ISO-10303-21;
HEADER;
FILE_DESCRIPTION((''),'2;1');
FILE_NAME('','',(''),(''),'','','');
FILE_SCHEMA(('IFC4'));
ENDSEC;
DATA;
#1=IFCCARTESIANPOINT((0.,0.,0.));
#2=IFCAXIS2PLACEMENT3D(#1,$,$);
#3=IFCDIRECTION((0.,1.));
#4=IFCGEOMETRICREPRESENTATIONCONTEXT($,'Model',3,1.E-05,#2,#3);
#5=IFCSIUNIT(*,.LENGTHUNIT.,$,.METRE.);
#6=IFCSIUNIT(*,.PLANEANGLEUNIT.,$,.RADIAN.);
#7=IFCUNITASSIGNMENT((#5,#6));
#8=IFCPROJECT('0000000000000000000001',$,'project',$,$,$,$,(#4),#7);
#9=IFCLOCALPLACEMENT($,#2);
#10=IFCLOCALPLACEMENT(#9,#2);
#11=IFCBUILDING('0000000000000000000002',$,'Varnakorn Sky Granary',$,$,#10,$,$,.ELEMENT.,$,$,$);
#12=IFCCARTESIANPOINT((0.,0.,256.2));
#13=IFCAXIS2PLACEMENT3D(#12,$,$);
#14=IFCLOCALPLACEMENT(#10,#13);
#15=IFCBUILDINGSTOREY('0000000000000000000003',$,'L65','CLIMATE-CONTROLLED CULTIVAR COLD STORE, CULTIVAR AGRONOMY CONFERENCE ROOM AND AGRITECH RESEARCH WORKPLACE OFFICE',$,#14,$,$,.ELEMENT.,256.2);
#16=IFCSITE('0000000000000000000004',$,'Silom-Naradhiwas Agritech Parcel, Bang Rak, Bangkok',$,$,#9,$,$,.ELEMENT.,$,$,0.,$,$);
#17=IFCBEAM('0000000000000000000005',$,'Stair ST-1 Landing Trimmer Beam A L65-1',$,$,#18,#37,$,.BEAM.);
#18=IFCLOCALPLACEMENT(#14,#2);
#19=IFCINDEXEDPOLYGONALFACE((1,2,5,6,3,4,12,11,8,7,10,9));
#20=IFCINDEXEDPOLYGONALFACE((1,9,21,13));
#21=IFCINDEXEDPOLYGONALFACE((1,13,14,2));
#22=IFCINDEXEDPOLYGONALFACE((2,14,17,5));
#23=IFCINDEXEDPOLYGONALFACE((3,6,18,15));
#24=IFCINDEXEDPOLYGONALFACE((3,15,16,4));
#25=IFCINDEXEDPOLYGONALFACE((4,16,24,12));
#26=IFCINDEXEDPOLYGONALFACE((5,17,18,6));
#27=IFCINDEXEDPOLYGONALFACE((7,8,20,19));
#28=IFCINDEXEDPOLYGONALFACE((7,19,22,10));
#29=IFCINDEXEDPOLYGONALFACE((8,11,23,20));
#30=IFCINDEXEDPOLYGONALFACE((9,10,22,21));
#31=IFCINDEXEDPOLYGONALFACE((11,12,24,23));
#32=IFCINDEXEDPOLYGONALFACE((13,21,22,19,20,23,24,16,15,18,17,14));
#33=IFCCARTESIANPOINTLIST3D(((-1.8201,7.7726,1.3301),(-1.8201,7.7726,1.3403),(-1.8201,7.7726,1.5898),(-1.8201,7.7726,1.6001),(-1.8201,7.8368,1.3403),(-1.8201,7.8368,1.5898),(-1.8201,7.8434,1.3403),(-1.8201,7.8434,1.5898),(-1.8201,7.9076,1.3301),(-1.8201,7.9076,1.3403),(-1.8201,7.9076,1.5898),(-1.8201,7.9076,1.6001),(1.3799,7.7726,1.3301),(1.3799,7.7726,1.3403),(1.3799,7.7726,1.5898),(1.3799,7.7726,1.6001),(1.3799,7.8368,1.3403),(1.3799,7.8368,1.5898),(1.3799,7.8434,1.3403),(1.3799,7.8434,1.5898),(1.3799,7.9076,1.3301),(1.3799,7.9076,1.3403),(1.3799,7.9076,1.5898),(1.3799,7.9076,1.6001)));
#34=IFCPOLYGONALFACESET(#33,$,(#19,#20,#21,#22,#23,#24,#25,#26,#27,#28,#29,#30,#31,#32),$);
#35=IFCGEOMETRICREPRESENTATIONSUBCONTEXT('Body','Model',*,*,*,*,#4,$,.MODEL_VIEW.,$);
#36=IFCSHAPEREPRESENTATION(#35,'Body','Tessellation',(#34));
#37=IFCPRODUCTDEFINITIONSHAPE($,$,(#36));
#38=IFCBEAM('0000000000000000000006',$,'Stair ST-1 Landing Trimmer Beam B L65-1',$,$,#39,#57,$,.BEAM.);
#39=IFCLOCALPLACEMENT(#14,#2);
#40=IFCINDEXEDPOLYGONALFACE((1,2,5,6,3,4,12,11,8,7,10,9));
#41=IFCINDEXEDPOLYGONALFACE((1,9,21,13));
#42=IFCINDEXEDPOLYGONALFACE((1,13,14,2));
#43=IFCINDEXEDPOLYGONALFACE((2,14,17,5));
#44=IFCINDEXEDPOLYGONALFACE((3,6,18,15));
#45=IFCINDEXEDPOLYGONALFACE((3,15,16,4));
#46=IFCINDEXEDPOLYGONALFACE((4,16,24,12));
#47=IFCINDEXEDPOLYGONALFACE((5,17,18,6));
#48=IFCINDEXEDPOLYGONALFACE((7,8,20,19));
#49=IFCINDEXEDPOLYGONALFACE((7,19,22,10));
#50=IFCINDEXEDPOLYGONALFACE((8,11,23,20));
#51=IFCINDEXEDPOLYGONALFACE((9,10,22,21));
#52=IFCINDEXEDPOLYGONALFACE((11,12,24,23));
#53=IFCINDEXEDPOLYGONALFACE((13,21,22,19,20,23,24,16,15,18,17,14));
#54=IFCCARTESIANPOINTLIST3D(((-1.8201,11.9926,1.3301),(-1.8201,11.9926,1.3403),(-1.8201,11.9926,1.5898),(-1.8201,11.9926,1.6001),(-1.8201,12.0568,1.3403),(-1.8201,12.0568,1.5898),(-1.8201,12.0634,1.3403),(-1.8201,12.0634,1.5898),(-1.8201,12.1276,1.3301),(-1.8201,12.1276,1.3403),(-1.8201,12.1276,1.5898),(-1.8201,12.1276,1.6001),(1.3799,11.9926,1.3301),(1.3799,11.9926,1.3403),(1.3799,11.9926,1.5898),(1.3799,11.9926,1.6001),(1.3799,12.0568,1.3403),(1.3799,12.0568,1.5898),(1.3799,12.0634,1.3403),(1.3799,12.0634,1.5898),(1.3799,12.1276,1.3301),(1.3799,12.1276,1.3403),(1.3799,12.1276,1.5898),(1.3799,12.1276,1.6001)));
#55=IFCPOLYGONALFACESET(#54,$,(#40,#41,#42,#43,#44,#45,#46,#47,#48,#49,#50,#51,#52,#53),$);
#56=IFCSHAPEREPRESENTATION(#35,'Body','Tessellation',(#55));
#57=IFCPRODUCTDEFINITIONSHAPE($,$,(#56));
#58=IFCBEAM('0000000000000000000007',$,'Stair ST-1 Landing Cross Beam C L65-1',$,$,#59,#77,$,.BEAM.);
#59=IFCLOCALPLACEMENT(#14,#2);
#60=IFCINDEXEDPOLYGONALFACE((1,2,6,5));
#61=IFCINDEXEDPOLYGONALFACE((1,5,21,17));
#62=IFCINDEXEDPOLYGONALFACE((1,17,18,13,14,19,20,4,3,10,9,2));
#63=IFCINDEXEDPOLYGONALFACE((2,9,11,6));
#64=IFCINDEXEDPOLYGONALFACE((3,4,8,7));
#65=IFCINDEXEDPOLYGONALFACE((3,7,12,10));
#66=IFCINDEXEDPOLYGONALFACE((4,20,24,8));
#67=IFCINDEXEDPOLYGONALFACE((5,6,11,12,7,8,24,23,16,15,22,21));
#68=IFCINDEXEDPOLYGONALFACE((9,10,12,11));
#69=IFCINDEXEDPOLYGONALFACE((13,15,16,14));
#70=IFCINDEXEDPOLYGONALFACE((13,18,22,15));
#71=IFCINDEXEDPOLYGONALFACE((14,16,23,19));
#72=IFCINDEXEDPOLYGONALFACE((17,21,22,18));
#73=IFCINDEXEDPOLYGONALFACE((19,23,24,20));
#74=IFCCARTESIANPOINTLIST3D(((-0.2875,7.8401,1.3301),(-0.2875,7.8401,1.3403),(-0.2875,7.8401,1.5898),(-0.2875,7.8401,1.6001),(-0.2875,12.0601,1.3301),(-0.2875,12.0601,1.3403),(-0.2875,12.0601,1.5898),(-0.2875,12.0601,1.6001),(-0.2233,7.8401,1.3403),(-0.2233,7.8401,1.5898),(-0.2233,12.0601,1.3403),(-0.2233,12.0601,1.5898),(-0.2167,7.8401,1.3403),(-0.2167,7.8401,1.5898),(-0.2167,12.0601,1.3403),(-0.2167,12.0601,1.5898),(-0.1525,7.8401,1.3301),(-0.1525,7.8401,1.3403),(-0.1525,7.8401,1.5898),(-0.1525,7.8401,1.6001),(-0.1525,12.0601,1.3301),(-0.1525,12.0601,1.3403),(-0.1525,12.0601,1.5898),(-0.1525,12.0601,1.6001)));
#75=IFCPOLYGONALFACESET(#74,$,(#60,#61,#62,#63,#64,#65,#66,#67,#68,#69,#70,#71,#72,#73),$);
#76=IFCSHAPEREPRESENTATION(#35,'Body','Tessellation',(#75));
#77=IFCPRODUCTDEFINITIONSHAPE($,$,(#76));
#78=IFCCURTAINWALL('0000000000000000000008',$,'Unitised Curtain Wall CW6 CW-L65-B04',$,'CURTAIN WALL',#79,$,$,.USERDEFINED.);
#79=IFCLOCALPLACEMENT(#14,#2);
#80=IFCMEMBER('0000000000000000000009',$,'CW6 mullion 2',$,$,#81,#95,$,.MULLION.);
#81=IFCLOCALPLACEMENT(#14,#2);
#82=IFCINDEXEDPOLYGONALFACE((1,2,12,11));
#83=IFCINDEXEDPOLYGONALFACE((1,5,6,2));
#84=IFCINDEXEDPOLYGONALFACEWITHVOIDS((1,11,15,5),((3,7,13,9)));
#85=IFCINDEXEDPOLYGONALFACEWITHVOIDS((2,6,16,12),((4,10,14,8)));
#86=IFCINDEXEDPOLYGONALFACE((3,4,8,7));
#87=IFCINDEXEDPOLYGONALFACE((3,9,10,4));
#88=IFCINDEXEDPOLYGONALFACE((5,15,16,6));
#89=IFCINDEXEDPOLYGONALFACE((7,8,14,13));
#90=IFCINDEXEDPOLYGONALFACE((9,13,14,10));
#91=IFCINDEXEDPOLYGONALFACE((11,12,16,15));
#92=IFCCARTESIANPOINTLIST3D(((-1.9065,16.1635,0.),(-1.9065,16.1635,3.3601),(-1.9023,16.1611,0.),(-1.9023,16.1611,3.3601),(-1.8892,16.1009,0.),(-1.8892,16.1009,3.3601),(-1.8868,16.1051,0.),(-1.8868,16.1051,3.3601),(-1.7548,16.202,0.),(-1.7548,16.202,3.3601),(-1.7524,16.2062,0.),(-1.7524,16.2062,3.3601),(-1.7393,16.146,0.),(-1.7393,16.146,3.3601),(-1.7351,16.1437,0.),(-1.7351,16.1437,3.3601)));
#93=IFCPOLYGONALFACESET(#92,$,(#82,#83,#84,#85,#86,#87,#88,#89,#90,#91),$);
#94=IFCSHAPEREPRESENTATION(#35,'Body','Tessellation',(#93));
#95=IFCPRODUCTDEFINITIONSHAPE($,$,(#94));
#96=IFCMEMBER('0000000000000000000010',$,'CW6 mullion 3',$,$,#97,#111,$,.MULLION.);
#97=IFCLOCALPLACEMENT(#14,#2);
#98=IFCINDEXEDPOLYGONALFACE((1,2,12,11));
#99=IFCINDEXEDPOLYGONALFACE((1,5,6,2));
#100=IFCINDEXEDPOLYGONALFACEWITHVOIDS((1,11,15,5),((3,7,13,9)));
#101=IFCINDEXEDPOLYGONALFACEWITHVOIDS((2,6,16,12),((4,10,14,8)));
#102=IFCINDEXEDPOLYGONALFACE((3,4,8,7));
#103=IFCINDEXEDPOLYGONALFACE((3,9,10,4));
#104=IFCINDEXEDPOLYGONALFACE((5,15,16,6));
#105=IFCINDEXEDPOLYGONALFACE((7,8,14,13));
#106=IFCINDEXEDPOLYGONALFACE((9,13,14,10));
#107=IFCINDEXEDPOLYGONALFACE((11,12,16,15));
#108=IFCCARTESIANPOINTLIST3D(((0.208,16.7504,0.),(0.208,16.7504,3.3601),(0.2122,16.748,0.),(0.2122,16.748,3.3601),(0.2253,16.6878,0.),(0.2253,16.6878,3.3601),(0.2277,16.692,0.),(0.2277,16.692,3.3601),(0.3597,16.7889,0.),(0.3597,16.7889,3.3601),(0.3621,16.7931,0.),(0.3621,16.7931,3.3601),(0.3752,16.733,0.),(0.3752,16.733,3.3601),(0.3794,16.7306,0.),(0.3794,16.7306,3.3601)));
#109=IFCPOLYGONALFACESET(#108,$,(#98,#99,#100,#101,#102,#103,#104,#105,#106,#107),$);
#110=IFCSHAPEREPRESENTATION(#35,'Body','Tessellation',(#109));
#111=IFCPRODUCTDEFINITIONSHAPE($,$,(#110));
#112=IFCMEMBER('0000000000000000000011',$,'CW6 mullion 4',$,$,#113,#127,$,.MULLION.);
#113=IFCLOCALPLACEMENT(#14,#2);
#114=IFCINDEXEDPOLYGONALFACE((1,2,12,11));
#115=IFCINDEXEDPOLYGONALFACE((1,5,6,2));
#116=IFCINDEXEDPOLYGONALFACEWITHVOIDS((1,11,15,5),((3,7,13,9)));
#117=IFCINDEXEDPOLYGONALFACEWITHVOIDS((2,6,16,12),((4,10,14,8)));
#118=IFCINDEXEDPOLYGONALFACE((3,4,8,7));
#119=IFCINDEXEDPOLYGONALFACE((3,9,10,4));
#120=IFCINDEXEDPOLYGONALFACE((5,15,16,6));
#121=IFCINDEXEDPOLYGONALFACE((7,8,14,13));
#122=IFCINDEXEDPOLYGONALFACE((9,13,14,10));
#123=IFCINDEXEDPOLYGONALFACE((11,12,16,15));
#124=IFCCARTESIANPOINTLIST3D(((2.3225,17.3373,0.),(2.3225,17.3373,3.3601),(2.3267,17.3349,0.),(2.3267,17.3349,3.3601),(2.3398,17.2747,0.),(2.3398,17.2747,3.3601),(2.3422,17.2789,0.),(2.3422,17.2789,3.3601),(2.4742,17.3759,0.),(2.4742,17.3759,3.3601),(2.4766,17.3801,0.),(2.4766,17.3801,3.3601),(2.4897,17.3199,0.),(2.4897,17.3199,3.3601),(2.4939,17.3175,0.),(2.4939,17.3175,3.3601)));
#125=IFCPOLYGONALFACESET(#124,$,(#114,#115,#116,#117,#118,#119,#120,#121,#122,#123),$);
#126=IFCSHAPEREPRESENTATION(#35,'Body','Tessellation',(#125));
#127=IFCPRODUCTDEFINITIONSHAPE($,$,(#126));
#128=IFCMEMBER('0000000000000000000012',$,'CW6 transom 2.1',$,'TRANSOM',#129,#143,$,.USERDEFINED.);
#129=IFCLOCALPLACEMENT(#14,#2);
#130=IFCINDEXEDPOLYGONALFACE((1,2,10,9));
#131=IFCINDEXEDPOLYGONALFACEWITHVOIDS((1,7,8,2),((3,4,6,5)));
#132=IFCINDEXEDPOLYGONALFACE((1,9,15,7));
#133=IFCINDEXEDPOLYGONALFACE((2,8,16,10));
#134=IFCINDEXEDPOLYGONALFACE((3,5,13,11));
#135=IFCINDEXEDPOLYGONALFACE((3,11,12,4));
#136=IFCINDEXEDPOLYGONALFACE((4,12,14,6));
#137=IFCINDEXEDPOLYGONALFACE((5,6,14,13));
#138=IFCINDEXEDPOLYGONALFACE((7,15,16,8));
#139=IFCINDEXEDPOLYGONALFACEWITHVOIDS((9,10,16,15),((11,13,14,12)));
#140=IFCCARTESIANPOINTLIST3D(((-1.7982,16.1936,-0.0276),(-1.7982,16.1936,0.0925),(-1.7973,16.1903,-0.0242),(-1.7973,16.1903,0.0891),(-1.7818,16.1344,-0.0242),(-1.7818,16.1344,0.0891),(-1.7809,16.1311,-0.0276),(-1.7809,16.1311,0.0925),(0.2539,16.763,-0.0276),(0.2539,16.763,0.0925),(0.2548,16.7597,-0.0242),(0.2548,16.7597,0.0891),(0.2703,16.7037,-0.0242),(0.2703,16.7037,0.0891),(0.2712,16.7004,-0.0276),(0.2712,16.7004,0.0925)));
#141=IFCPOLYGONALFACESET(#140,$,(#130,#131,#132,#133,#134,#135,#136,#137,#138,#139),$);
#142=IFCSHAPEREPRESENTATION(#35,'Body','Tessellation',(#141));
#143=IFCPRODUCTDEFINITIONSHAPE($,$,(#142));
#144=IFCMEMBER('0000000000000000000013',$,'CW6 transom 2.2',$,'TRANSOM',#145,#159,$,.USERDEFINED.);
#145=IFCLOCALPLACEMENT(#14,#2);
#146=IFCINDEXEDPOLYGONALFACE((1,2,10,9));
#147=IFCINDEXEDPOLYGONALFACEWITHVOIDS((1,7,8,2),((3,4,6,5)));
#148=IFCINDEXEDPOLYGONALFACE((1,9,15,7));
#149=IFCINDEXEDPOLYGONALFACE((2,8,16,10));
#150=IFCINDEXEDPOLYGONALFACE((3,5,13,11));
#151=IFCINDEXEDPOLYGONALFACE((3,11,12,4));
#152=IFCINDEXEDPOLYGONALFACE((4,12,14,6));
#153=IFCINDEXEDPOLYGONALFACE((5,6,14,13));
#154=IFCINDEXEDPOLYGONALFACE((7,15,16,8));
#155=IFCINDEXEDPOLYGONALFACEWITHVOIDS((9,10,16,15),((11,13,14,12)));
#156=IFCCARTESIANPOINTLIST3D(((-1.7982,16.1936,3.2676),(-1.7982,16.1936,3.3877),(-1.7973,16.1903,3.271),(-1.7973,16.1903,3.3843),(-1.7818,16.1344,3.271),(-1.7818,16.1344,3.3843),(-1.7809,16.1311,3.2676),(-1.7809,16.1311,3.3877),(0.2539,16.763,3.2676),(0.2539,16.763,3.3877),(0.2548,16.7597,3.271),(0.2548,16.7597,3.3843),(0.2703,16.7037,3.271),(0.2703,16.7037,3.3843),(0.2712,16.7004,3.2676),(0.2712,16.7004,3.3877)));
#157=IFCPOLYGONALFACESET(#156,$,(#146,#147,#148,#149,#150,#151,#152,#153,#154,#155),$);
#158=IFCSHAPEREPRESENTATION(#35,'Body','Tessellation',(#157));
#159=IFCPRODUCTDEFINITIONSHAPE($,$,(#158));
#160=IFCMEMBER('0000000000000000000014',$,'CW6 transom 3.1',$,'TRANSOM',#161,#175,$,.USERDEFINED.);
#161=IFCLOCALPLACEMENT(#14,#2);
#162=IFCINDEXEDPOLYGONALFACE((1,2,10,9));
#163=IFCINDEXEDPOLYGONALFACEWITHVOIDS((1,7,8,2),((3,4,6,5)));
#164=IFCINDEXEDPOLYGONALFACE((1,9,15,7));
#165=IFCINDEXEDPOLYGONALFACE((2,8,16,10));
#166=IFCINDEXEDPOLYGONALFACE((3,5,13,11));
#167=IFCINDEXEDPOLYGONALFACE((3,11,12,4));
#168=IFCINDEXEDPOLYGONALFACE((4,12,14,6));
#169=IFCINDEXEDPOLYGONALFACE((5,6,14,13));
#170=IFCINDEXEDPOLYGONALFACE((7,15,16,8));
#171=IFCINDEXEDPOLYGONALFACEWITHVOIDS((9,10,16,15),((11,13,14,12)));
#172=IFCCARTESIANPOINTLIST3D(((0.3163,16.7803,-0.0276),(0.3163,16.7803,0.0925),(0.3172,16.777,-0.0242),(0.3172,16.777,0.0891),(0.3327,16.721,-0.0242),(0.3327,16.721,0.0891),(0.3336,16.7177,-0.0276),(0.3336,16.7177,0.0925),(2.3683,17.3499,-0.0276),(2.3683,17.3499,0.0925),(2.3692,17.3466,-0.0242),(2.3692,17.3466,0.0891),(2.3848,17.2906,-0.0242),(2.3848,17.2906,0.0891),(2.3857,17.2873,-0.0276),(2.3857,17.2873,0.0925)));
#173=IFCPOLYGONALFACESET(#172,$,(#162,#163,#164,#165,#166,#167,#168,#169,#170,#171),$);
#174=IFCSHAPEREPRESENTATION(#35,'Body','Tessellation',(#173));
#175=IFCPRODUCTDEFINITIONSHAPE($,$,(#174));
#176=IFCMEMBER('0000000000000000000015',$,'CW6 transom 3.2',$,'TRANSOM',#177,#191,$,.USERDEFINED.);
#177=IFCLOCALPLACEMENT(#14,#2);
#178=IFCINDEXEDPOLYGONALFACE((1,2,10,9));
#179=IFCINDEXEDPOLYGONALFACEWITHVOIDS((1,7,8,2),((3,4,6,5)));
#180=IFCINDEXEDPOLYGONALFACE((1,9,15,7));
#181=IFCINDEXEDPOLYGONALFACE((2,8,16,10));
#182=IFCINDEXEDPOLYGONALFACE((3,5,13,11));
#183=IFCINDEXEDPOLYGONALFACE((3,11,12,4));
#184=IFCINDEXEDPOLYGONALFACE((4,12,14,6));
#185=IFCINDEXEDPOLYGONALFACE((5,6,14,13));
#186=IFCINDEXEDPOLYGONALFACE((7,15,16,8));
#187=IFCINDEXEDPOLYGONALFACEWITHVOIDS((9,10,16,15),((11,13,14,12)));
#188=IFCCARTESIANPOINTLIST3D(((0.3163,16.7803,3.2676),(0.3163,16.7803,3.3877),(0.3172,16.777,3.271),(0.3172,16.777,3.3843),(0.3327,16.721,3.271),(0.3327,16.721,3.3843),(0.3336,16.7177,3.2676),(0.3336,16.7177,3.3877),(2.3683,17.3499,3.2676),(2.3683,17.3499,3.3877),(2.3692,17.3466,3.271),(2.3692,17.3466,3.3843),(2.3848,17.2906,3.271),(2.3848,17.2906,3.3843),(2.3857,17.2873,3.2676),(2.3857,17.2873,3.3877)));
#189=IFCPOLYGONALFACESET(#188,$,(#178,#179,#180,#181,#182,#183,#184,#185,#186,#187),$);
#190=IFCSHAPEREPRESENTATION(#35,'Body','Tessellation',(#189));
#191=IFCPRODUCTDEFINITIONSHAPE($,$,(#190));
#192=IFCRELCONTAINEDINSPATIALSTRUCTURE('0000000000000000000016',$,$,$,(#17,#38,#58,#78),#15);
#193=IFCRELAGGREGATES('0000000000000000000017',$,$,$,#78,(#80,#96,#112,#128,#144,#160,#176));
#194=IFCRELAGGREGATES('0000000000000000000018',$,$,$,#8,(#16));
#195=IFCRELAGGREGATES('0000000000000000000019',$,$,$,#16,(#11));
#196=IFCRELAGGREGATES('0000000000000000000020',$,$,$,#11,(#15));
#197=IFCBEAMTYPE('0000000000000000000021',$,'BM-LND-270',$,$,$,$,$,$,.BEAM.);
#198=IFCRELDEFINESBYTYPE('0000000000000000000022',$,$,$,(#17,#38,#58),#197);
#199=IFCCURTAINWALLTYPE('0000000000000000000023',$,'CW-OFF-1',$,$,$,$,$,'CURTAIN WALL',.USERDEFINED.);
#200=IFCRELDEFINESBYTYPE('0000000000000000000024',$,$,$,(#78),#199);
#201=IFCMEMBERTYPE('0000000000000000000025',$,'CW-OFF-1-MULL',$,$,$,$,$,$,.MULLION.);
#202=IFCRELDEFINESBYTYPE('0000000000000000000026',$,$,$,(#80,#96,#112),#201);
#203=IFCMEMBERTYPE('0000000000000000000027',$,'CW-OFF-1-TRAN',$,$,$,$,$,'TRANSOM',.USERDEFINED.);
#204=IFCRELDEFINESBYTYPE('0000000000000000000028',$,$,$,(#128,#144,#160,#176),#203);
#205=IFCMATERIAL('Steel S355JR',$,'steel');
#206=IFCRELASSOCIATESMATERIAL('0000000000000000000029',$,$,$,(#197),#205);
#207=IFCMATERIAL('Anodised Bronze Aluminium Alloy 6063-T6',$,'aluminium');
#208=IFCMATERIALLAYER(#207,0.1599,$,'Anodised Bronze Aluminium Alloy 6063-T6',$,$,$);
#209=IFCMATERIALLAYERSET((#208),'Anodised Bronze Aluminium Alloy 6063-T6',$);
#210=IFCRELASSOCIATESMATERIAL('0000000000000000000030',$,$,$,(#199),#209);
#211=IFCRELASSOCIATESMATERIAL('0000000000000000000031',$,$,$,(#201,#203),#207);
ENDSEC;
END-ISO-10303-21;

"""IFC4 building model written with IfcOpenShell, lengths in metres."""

from ifc_helpers import new_model, si_unit, direction, frame, origin, origin_2d, place, context, subcontext, project, spatial, hollow_rectangle, i_section, extrude, material, layer, layer_set, material_profile, profile_set, type_object, element, aggregate, save


model = new_model("IFC4")

# Units and contexts
model_context = context("Model", 3, precision=1e-05, world=origin(), true_north=direction((0.0, 1.0)))
body_context = subcontext(model_context, "Body", "Model", "MODEL_VIEW")
ifc_project = project(units=[si_unit("LENGTHUNIT", "METRE"), si_unit("PLANEANGLEUNIT", "RADIAN")], contexts=[model_context])

# Site, building, storey
site_placement = place(None, origin())
site = spatial("IfcSite", under=ifc_project, at=site_placement, Name="Silom-Naradhiwas Agritech Parcel, Bang Rak, Bangkok", CompositionType="ELEMENT", RefElevation=0.0)
building_placement = place(site_placement, origin())
building = spatial("IfcBuilding", under=site, at=building_placement, Name="Varnakorn Sky Granary", CompositionType="ELEMENT")
storey_placement = place(building_placement, frame((0.0, 0.0, 256.2)))
storey = spatial("IfcBuildingStorey", under=building, at=storey_placement, Name="L65", Description="CLIMATE-CONTROLLED CULTIVAR COLD STORE, CULTIVAR AGRONOMY CONFERENCE ROOM AND AGRITECH RESEARCH WORKPLACE OFFICE", CompositionType="ELEMENT", Elevation=256.2)

# Beams
ifc_material_1 = material(Name="Steel S355JR", Category="steel")
ifc_material_profile_1 = material_profile(ifc_material_1, i_section(OverallWidth=0.135, OverallDepth=0.27, WebThickness=0.0066, FlangeThickness=0.0103, at=origin_2d()), Name="IPE 270")
ifc_profile_set_1 = profile_set([ifc_material_profile_1], Name="Steel S355JR")
beam_type = type_object("IfcBeamType", Name="BM-LND-270", PredefinedType="BEAM", material=ifc_profile_set_1)
for number, where, z_axis, x_axis, name in (
    (1, (-1.8201, 7.8401, 1.4651), (1.0, 0.0, 0.0), (0.0, 1.0, 0.0), "Stair ST-1 Landing Trimmer Beam A L65-1"),
    (2, (-1.8201, 12.0601, 1.4651), (1.0, 0.0, 0.0), (0.0, 1.0, 0.0), "Stair ST-1 Landing Trimmer Beam B L65-1"),
):
    element("IfcBeam", number, at=place(storey_placement, frame(where, z_axis=z_axis, x_axis=x_axis)), inside=storey, type_object=beam_type, Name=name, PredefinedType="BEAM", context=body_context, shape_type="SweptSolid", body=[
        extrude(i_section(OverallWidth=0.135, OverallDepth=0.27, WebThickness=0.0066, FlangeThickness=0.0103, at=origin_2d()), origin(), (0.0, 0.0, 1.0), 3.2),
    ])
beam_placement = place(storey_placement, frame((-0.22, 7.8401, 1.4651), z_axis=(0.0, 1.0, 0.0), x_axis=(-1.0, 0.0, 0.0)))
element("IfcBeam", 3, at=beam_placement, inside=storey, type_object=beam_type, Name="Stair ST-1 Landing Cross Beam C L65-1", PredefinedType="BEAM", context=body_context, shape_type="SweptSolid", body=[
    extrude(i_section(OverallWidth=0.135, OverallDepth=0.27, WebThickness=0.0066, FlangeThickness=0.0103, at=origin_2d()), origin(), (0.0, 0.0, 1.0), 4.22),
])

# Curtain wall, members
ifc_material_2 = material(Name="Anodised Bronze Aluminium Alloy 6063-T6", Category="aluminium")
ifc_layer_1 = layer(ifc_material_2, 0.1599, Name="Anodised Bronze Aluminium Alloy 6063-T6")
ifc_layer_set_1 = layer_set([ifc_layer_1], Name="Anodised Bronze Aluminium Alloy 6063-T6")
curtain_wall_type = type_object("IfcCurtainWallType", Name="CW-OFF-1", ElementType="CURTAIN WALL", PredefinedType="USERDEFINED", material=ifc_layer_set_1)
curtain_wall_placement = place(storey_placement, origin())
curtain_wall = element("IfcCurtainWall", 4, at=curtain_wall_placement, inside=storey, type_object=curtain_wall_type, Name="Unitised Curtain Wall CW6 CW-L65-B04", ObjectType="CURTAIN WALL", PredefinedType="USERDEFINED")
ifc_material_profile_2 = material_profile(ifc_material_2, hollow_rectangle(XDim=0.0649, YDim=0.1599, WallThickness=0.0034, at=origin_2d()), Name="ALU MULL 65x160")
ifc_profile_set_2 = profile_set([ifc_material_profile_2], Name="Anodised Bronze Aluminium Alloy 6063-T6")
member_type_1 = type_object("IfcMemberType", Name="CW-OFF-1-MULL", PredefinedType="MULLION", material=ifc_profile_set_2)
member_1_placement = place(storey_placement, frame((-1.8208, 16.1536, 0.0), z_axis=(0.0, 0.0, 1.0), x_axis=(-0.267429, 0.963577, 0.0)))
member_1 = element("IfcMember", 5, at=member_1_placement, type_object=member_type_1, Name="CW6 mullion 2", PredefinedType="MULLION", context=body_context, shape_type="SweptSolid", body=[
    extrude(hollow_rectangle(XDim=0.0649, YDim=0.1599, WallThickness=0.0034, at=origin_2d()), origin(), (0.0, 0.0, 1.0), 3.3601),
])
member_2_placement = place(storey_placement, frame((0.2937, 16.7405, 0.0), z_axis=(0.0, 0.0, 1.0), x_axis=(-0.267429, 0.963577, 0.0)))
member_2 = element("IfcMember", 6, at=member_2_placement, type_object=member_type_1, Name="CW6 mullion 3", PredefinedType="MULLION", context=body_context, shape_type="SweptSolid", body=[
    extrude(hollow_rectangle(XDim=0.0649, YDim=0.1599, WallThickness=0.0034, at=origin_2d()), origin(), (0.0, 0.0, 1.0), 3.3601),
])
member_3_placement = place(storey_placement, frame((2.4082, 17.3274, 0.0), z_axis=(0.0, 0.0, 1.0), x_axis=(-0.267429, 0.963577, 0.0)))
member_3 = element("IfcMember", 7, at=member_3_placement, type_object=member_type_1, Name="CW6 mullion 4", PredefinedType="MULLION", context=body_context, shape_type="SweptSolid", body=[
    extrude(hollow_rectangle(XDim=0.0649, YDim=0.1599, WallThickness=0.0034, at=origin_2d()), origin(), (0.0, 0.0, 1.0), 3.3601),
])
ifc_material_profile_3 = material_profile(ifc_material_2, hollow_rectangle(XDim=0.0649, YDim=0.1201, WallThickness=0.0034, at=origin_2d()), Name="ALU TRAN 65x120")
ifc_profile_set_3 = profile_set([ifc_material_profile_3], Name="Anodised Bronze Aluminium Alloy 6063-T6")
member_type_2 = type_object("IfcMemberType", Name="CW-OFF-1-TRAN", ElementType="TRANSOM", PredefinedType="USERDEFINED", material=ifc_profile_set_3)
member_4_placement = place(storey_placement, frame((-1.7896, 16.1624, 0.0325), z_axis=(0.963598, 0.267354, 0.0), x_axis=(-0.267354, 0.963598, 0.0)))
member_4 = element("IfcMember", 8, at=member_4_placement, type_object=member_type_2, Name="CW6 transom 2.1", ObjectType="TRANSOM", PredefinedType="USERDEFINED", context=body_context, shape_type="SweptSolid", body=[
    extrude(hollow_rectangle(XDim=0.0649, YDim=0.1201, WallThickness=0.0034, at=origin_2d()), origin(), (0.0, 0.0, 1.0), 2.1296),
])
member_5_placement = place(storey_placement, frame((-1.7896, 16.1624, 3.3276), z_axis=(0.963598, 0.267354, 0.0), x_axis=(-0.267354, 0.963598, 0.0)))
member_5 = element("IfcMember", 9, at=member_5_placement, type_object=member_type_2, Name="CW6 transom 2.2", ObjectType="TRANSOM", PredefinedType="USERDEFINED", context=body_context, shape_type="SweptSolid", body=[
    extrude(hollow_rectangle(XDim=0.0649, YDim=0.1201, WallThickness=0.0034, at=origin_2d()), origin(), (0.0, 0.0, 1.0), 2.1296),
])
member_6_placement = place(storey_placement, frame((0.325, 16.749, 0.0325), z_axis=(0.963569, 0.267461, 0.0), x_axis=(-0.267461, 0.963569, 0.0)))
member_6 = element("IfcMember", 10, at=member_6_placement, type_object=member_type_2, Name="CW6 transom 3.1", ObjectType="TRANSOM", PredefinedType="USERDEFINED", context=body_context, shape_type="SweptSolid", body=[
    extrude(hollow_rectangle(XDim=0.0649, YDim=0.1201, WallThickness=0.0034, at=origin_2d()), origin(), (0.0, 0.0, 1.0), 2.1296),
])
member_7_placement = place(storey_placement, frame((0.325, 16.749, 3.3276), z_axis=(0.963569, 0.267461, 0.0), x_axis=(-0.267461, 0.963569, 0.0)))
member_7 = element("IfcMember", 11, at=member_7_placement, type_object=member_type_2, Name="CW6 transom 3.2", ObjectType="TRANSOM", PredefinedType="USERDEFINED", context=body_context, shape_type="SweptSolid", body=[
    extrude(hollow_rectangle(XDim=0.0649, YDim=0.1201, WallThickness=0.0034, at=origin_2d()), origin(), (0.0, 0.0, 1.0), 2.1296),
])

aggregate(curtain_wall, [member_1, member_2, member_3, member_4, member_5, member_6, member_7])

save(model, "model.ifc")
